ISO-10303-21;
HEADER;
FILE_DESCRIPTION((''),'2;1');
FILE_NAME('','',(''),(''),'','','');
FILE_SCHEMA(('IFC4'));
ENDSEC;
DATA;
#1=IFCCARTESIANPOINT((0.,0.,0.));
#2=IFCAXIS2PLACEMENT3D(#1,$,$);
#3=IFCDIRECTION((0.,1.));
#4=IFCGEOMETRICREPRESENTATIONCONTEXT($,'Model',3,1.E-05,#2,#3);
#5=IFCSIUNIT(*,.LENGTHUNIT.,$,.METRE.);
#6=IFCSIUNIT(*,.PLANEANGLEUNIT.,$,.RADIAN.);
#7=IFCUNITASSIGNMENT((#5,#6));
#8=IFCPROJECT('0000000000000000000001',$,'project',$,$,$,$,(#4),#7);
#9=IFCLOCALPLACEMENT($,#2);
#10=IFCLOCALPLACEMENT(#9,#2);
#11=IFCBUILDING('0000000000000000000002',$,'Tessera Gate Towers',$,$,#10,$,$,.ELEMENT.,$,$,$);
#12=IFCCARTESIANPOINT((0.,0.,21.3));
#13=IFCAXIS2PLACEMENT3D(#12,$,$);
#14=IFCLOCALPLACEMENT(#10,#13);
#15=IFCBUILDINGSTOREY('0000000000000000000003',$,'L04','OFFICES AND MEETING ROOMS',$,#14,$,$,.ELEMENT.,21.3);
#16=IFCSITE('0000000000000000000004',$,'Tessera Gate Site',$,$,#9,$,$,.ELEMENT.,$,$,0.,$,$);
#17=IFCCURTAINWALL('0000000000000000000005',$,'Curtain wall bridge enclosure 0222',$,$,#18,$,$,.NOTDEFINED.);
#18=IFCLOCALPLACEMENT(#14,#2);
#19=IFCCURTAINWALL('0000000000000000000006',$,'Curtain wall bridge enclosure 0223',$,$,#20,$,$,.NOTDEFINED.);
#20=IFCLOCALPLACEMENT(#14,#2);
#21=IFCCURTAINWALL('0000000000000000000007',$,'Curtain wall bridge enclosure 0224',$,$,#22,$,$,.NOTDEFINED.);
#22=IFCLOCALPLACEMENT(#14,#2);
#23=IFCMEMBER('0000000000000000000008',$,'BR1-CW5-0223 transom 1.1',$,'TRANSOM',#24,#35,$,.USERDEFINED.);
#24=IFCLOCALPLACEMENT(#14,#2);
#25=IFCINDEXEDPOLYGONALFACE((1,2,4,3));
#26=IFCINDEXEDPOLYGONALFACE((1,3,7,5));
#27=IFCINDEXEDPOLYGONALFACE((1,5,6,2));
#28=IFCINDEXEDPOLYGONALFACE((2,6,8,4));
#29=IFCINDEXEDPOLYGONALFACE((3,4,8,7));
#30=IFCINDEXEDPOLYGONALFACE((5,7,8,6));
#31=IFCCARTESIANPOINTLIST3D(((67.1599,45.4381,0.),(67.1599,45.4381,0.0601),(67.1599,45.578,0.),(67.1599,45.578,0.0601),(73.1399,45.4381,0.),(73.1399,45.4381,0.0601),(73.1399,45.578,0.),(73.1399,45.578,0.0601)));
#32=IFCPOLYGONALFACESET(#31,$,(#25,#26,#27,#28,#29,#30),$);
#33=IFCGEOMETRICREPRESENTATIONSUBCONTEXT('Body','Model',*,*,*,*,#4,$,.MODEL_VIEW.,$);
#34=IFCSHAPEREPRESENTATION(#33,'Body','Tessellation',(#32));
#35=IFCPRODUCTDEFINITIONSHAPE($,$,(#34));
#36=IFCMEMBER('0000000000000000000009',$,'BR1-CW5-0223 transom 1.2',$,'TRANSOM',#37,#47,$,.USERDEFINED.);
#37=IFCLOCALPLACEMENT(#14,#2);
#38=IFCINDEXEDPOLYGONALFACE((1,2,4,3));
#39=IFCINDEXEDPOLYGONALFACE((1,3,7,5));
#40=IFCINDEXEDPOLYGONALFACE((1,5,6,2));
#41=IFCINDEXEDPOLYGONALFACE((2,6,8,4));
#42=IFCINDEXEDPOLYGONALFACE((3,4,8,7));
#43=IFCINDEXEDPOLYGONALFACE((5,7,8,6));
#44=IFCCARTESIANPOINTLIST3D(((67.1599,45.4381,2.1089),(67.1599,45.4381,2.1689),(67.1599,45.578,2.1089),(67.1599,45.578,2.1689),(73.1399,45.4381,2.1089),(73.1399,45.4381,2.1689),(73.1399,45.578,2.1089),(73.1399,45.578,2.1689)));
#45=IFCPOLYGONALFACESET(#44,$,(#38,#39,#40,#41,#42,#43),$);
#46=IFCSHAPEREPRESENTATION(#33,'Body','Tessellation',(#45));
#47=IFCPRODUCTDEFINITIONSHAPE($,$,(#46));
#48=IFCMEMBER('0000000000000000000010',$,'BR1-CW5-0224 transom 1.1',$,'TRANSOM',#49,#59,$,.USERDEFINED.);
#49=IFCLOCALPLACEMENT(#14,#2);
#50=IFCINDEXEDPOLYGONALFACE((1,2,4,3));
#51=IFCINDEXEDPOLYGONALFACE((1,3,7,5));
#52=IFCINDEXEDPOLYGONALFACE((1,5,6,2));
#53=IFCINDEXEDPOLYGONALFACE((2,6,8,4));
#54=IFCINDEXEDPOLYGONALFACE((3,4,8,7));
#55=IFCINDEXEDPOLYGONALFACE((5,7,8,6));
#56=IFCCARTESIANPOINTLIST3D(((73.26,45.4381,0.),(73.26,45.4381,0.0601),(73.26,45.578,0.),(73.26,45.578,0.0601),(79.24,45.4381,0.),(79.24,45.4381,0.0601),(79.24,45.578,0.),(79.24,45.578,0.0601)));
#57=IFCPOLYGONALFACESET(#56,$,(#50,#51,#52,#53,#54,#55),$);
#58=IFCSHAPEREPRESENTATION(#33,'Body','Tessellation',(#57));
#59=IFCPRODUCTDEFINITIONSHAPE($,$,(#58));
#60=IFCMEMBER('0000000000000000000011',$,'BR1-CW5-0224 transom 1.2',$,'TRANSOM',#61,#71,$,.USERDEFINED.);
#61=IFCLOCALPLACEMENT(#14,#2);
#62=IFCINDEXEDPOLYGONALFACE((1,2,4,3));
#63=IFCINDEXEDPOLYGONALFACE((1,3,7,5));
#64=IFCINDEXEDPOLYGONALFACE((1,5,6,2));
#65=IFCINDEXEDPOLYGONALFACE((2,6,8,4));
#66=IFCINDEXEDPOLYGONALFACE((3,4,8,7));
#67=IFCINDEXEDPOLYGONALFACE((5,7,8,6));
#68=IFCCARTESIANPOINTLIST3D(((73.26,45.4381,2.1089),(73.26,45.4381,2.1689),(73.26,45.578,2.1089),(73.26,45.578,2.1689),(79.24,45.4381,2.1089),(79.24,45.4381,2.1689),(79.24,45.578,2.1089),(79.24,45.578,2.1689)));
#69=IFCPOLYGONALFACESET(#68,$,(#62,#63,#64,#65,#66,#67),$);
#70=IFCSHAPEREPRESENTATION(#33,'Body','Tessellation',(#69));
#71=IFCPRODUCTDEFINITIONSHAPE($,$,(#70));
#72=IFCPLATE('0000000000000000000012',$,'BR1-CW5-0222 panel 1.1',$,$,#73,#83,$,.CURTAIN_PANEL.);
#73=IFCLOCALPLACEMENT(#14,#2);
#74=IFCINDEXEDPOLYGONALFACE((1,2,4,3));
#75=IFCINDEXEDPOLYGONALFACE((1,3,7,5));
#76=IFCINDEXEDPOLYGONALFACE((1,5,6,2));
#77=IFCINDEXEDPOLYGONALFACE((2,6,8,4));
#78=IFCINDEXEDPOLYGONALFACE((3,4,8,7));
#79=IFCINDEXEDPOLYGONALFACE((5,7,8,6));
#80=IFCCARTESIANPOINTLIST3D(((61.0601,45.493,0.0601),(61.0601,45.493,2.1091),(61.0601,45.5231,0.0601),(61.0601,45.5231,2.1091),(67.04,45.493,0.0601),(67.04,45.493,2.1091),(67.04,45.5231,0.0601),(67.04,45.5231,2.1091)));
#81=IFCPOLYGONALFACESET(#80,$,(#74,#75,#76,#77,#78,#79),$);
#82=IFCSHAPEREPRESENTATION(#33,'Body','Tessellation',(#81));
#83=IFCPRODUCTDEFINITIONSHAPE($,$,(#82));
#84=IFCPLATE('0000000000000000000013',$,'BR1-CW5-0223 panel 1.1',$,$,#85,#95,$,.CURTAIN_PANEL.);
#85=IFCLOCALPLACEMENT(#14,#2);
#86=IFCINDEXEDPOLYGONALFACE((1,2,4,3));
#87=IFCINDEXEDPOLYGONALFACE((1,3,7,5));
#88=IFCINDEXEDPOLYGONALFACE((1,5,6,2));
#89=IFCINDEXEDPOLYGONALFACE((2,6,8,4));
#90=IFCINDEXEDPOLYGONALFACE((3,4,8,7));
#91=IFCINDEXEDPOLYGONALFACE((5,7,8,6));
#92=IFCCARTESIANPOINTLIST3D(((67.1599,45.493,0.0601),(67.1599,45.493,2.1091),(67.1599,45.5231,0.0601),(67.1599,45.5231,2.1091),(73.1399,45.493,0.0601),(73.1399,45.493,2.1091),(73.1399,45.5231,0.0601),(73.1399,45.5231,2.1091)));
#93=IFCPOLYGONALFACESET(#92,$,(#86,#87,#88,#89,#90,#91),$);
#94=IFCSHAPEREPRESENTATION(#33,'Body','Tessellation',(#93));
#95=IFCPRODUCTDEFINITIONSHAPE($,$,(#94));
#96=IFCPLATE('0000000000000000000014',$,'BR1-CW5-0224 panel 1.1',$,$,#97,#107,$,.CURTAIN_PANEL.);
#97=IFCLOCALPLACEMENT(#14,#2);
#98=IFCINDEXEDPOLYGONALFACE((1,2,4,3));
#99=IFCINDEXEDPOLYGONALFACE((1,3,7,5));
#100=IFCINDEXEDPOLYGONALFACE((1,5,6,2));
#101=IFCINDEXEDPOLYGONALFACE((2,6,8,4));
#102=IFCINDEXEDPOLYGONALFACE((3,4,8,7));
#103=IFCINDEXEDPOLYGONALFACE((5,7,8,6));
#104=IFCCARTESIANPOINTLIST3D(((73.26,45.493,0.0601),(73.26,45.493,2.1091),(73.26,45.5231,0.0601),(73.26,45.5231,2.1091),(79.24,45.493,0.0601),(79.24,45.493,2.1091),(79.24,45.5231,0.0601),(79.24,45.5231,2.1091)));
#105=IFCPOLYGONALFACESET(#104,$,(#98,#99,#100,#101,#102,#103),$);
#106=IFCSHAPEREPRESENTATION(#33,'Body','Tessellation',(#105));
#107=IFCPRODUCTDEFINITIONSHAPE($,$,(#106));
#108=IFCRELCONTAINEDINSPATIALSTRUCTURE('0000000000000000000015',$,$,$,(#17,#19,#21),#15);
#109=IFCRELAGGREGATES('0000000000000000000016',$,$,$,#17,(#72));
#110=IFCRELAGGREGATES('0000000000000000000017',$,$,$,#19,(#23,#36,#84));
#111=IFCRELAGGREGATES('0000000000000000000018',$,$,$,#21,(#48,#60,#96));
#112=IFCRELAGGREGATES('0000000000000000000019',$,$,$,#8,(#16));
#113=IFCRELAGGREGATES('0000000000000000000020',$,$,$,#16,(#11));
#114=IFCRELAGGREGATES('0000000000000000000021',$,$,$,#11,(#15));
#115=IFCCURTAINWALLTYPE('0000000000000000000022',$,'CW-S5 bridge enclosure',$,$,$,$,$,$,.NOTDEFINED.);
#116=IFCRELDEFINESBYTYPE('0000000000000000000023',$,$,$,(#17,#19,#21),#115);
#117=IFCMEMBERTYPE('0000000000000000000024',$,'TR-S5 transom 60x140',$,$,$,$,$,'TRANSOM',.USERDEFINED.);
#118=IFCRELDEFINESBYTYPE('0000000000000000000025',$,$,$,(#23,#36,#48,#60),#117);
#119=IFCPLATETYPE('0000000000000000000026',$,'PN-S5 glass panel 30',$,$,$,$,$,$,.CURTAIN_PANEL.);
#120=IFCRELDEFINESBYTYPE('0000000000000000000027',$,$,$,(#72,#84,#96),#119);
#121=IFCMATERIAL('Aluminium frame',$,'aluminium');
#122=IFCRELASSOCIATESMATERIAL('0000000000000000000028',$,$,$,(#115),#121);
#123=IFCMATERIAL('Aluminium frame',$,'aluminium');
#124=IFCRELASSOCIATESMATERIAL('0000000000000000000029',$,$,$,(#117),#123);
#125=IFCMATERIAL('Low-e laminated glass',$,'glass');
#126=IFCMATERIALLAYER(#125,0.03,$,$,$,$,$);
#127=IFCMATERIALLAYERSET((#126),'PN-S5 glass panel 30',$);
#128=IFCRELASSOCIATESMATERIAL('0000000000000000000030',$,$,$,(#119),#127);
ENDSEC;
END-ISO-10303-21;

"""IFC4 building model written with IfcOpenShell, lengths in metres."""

from ifc_helpers import new_model, si_unit, direction, frame, origin, origin_2d, place, context, subcontext, project, spatial, rectangle, extrude, material, layer, layer_set, material_profile, profile_set, type_object, element, aggregate, save


model = new_model("IFC4")

# Units and contexts
model_context = context("Model", 3, precision=1e-05, world=origin(), true_north=direction((0.0, 1.0)))
body_context = subcontext(model_context, "Body", "Model", "MODEL_VIEW")
ifc_project = project(units=[si_unit("LENGTHUNIT", "METRE"), si_unit("PLANEANGLEUNIT", "RADIAN")], contexts=[model_context])

# Site, building, storey
site_placement = place(None, origin())
site = spatial("IfcSite", under=ifc_project, at=site_placement, Name="Tessera Gate Site", CompositionType="ELEMENT", RefElevation=0.0)
building_placement = place(site_placement, origin())
building = spatial("IfcBuilding", under=site, at=building_placement, Name="Tessera Gate Towers", CompositionType="ELEMENT")
storey_placement = place(building_placement, frame((0.0, 0.0, 21.3)))
storey = spatial("IfcBuildingStorey", under=building, at=storey_placement, Name="L04", Description="OFFICES AND MEETING ROOMS", CompositionType="ELEMENT", Elevation=21.3)

# Curtain wall
ifc_material_1 = material(Name="Aluminium frame", Category="aluminium")
curtain_wall_type = type_object("IfcCurtainWallType", Name="CW-S5 bridge enclosure", PredefinedType="NOTDEFINED", material=ifc_material_1)
curtain_wall_1_placement = place(storey_placement, origin())
curtain_wall_1 = element("IfcCurtainWall", 1, at=curtain_wall_1_placement, inside=storey, type_object=curtain_wall_type, Name="Curtain wall bridge enclosure 0222", PredefinedType="NOTDEFINED")

# Curtain wall
curtain_wall_2_placement = place(storey_placement, origin())
curtain_wall_2 = element("IfcCurtainWall", 2, at=curtain_wall_2_placement, inside=storey, type_object=curtain_wall_type, Name="Curtain wall bridge enclosure 0223", PredefinedType="NOTDEFINED")

# Curtain wall
curtain_wall_3_placement = place(storey_placement, origin())
curtain_wall_3 = element("IfcCurtainWall", 3, at=curtain_wall_3_placement, inside=storey, type_object=curtain_wall_type, Name="Curtain wall bridge enclosure 0224", PredefinedType="NOTDEFINED")

# Members
ifc_material_2 = material(Name="Aluminium frame", Category="aluminium")
ifc_material_profile_1 = material_profile(ifc_material_2, rectangle(XDim=0.1399, YDim=0.0601, at=origin_2d()), Name="AL 60x140")
ifc_profile_set_1 = profile_set([ifc_material_profile_1], Name="Aluminium frame")
member_type_1 = type_object("IfcMemberType", Name="TR-S5 transom 60x140", ElementType="TRANSOM", PredefinedType="USERDEFINED", material=ifc_profile_set_1)
member_1_placement = place(storey_placement, frame((67.1599, 45.5081, 0.03), z_axis=(1.0, 0.0, 0.0), x_axis=(0.0, 1.0, 0.0)))
member_1 = element("IfcMember", 4, at=member_1_placement, type_object=member_type_1, Name="BR1-CW5-0223 transom 1.1", ObjectType="TRANSOM", PredefinedType="USERDEFINED", context=body_context, shape_type="SweptSolid", body=[
    extrude(rectangle(XDim=0.1399, YDim=0.0601, at=origin_2d()), origin(), (0.0, 0.0, 1.0), 5.98),
])
member_2_placement = place(storey_placement, frame((67.1599, 45.5081, 2.1389), z_axis=(1.0, 0.0, 0.0), x_axis=(0.0, 1.0, 0.0)))
member_2 = element("IfcMember", 5, at=member_2_placement, type_object=member_type_1, Name="BR1-CW5-0223 transom 1.2", ObjectType="TRANSOM", PredefinedType="USERDEFINED", context=body_context, shape_type="SweptSolid", body=[
    extrude(rectangle(XDim=0.1399, YDim=0.0601, at=origin_2d()), origin(), (0.0, 0.0, 1.0), 5.98),
])
member_3_placement = place(storey_placement, frame((73.26, 45.5081, 0.03), z_axis=(1.0, 0.0, 0.0), x_axis=(0.0, 1.0, 0.0)))
member_3 = element("IfcMember", 6, at=member_3_placement, type_object=member_type_1, Name="BR1-CW5-0224 transom 1.1", ObjectType="TRANSOM", PredefinedType="USERDEFINED", context=body_context, shape_type="SweptSolid", body=[
    extrude(rectangle(XDim=0.1399, YDim=0.0601, at=origin_2d()), origin(), (0.0, 0.0, 1.0), 5.98),
])
member_4_placement = place(storey_placement, frame((73.26, 45.5081, 2.1389), z_axis=(1.0, 0.0, 0.0), x_axis=(0.0, 1.0, 0.0)))
member_4 = element("IfcMember", 7, at=member_4_placement, type_object=member_type_1, Name="BR1-CW5-0224 transom 1.2", ObjectType="TRANSOM", PredefinedType="USERDEFINED", context=body_context, shape_type="SweptSolid", body=[
    extrude(rectangle(XDim=0.1399, YDim=0.0601, at=origin_2d()), origin(), (0.0, 0.0, 1.0), 5.98),
])

# Plates
ifc_material_3 = material(Name="Low-e laminated glass", Category="glass")
ifc_layer = layer(ifc_material_3, 0.03)
ifc_layer_set = layer_set([ifc_layer], Name="PN-S5 glass panel 30")
plate_type = type_object("IfcPlateType", Name="PN-S5 glass panel 30", PredefinedType="CURTAIN_PANEL", material=ifc_layer_set)
plate_1_placement = place(storey_placement, frame((64.05, 45.5081, 0.0601), z_axis=(0.0, 0.0, 1.0), x_axis=(1.0, 0.0, 0.0)))
plate_1 = element("IfcPlate", 8, at=plate_1_placement, type_object=plate_type, Name="BR1-CW5-0222 panel 1.1", PredefinedType="CURTAIN_PANEL", context=body_context, shape_type="SweptSolid", body=[
    extrude(rectangle(XDim=5.98, YDim=0.03, at=origin_2d()), origin(), (0.0, 0.0, 1.0), 2.0491),
])
aggregate(curtain_wall_1, [plate_1])
plate_2_placement = place(storey_placement, frame((70.1499, 45.5081, 0.0601), z_axis=(0.0, 0.0, 1.0), x_axis=(1.0, 0.0, 0.0)))
plate_2 = element("IfcPlate", 9, at=plate_2_placement, type_object=plate_type, Name="BR1-CW5-0223 panel 1.1", PredefinedType="CURTAIN_PANEL", context=body_context, shape_type="SweptSolid", body=[
    extrude(rectangle(XDim=5.98, YDim=0.03, at=origin_2d()), origin(), (0.0, 0.0, 1.0), 2.0491),
])
aggregate(curtain_wall_2, [member_1, member_2, plate_2])
plate_3_placement = place(storey_placement, frame((76.25, 45.5081, 0.0601), z_axis=(0.0, 0.0, 1.0), x_axis=(1.0, 0.0, 0.0)))
plate_3 = element("IfcPlate", 10, at=plate_3_placement, type_object=plate_type, Name="BR1-CW5-0224 panel 1.1", PredefinedType="CURTAIN_PANEL", context=body_context, shape_type="SweptSolid", body=[
    extrude(rectangle(XDim=5.98, YDim=0.03, at=origin_2d()), origin(), (0.0, 0.0, 1.0), 2.0491),
])
aggregate(curtain_wall_3, [member_3, member_4, plate_3])

save(model, "model.ifc")
